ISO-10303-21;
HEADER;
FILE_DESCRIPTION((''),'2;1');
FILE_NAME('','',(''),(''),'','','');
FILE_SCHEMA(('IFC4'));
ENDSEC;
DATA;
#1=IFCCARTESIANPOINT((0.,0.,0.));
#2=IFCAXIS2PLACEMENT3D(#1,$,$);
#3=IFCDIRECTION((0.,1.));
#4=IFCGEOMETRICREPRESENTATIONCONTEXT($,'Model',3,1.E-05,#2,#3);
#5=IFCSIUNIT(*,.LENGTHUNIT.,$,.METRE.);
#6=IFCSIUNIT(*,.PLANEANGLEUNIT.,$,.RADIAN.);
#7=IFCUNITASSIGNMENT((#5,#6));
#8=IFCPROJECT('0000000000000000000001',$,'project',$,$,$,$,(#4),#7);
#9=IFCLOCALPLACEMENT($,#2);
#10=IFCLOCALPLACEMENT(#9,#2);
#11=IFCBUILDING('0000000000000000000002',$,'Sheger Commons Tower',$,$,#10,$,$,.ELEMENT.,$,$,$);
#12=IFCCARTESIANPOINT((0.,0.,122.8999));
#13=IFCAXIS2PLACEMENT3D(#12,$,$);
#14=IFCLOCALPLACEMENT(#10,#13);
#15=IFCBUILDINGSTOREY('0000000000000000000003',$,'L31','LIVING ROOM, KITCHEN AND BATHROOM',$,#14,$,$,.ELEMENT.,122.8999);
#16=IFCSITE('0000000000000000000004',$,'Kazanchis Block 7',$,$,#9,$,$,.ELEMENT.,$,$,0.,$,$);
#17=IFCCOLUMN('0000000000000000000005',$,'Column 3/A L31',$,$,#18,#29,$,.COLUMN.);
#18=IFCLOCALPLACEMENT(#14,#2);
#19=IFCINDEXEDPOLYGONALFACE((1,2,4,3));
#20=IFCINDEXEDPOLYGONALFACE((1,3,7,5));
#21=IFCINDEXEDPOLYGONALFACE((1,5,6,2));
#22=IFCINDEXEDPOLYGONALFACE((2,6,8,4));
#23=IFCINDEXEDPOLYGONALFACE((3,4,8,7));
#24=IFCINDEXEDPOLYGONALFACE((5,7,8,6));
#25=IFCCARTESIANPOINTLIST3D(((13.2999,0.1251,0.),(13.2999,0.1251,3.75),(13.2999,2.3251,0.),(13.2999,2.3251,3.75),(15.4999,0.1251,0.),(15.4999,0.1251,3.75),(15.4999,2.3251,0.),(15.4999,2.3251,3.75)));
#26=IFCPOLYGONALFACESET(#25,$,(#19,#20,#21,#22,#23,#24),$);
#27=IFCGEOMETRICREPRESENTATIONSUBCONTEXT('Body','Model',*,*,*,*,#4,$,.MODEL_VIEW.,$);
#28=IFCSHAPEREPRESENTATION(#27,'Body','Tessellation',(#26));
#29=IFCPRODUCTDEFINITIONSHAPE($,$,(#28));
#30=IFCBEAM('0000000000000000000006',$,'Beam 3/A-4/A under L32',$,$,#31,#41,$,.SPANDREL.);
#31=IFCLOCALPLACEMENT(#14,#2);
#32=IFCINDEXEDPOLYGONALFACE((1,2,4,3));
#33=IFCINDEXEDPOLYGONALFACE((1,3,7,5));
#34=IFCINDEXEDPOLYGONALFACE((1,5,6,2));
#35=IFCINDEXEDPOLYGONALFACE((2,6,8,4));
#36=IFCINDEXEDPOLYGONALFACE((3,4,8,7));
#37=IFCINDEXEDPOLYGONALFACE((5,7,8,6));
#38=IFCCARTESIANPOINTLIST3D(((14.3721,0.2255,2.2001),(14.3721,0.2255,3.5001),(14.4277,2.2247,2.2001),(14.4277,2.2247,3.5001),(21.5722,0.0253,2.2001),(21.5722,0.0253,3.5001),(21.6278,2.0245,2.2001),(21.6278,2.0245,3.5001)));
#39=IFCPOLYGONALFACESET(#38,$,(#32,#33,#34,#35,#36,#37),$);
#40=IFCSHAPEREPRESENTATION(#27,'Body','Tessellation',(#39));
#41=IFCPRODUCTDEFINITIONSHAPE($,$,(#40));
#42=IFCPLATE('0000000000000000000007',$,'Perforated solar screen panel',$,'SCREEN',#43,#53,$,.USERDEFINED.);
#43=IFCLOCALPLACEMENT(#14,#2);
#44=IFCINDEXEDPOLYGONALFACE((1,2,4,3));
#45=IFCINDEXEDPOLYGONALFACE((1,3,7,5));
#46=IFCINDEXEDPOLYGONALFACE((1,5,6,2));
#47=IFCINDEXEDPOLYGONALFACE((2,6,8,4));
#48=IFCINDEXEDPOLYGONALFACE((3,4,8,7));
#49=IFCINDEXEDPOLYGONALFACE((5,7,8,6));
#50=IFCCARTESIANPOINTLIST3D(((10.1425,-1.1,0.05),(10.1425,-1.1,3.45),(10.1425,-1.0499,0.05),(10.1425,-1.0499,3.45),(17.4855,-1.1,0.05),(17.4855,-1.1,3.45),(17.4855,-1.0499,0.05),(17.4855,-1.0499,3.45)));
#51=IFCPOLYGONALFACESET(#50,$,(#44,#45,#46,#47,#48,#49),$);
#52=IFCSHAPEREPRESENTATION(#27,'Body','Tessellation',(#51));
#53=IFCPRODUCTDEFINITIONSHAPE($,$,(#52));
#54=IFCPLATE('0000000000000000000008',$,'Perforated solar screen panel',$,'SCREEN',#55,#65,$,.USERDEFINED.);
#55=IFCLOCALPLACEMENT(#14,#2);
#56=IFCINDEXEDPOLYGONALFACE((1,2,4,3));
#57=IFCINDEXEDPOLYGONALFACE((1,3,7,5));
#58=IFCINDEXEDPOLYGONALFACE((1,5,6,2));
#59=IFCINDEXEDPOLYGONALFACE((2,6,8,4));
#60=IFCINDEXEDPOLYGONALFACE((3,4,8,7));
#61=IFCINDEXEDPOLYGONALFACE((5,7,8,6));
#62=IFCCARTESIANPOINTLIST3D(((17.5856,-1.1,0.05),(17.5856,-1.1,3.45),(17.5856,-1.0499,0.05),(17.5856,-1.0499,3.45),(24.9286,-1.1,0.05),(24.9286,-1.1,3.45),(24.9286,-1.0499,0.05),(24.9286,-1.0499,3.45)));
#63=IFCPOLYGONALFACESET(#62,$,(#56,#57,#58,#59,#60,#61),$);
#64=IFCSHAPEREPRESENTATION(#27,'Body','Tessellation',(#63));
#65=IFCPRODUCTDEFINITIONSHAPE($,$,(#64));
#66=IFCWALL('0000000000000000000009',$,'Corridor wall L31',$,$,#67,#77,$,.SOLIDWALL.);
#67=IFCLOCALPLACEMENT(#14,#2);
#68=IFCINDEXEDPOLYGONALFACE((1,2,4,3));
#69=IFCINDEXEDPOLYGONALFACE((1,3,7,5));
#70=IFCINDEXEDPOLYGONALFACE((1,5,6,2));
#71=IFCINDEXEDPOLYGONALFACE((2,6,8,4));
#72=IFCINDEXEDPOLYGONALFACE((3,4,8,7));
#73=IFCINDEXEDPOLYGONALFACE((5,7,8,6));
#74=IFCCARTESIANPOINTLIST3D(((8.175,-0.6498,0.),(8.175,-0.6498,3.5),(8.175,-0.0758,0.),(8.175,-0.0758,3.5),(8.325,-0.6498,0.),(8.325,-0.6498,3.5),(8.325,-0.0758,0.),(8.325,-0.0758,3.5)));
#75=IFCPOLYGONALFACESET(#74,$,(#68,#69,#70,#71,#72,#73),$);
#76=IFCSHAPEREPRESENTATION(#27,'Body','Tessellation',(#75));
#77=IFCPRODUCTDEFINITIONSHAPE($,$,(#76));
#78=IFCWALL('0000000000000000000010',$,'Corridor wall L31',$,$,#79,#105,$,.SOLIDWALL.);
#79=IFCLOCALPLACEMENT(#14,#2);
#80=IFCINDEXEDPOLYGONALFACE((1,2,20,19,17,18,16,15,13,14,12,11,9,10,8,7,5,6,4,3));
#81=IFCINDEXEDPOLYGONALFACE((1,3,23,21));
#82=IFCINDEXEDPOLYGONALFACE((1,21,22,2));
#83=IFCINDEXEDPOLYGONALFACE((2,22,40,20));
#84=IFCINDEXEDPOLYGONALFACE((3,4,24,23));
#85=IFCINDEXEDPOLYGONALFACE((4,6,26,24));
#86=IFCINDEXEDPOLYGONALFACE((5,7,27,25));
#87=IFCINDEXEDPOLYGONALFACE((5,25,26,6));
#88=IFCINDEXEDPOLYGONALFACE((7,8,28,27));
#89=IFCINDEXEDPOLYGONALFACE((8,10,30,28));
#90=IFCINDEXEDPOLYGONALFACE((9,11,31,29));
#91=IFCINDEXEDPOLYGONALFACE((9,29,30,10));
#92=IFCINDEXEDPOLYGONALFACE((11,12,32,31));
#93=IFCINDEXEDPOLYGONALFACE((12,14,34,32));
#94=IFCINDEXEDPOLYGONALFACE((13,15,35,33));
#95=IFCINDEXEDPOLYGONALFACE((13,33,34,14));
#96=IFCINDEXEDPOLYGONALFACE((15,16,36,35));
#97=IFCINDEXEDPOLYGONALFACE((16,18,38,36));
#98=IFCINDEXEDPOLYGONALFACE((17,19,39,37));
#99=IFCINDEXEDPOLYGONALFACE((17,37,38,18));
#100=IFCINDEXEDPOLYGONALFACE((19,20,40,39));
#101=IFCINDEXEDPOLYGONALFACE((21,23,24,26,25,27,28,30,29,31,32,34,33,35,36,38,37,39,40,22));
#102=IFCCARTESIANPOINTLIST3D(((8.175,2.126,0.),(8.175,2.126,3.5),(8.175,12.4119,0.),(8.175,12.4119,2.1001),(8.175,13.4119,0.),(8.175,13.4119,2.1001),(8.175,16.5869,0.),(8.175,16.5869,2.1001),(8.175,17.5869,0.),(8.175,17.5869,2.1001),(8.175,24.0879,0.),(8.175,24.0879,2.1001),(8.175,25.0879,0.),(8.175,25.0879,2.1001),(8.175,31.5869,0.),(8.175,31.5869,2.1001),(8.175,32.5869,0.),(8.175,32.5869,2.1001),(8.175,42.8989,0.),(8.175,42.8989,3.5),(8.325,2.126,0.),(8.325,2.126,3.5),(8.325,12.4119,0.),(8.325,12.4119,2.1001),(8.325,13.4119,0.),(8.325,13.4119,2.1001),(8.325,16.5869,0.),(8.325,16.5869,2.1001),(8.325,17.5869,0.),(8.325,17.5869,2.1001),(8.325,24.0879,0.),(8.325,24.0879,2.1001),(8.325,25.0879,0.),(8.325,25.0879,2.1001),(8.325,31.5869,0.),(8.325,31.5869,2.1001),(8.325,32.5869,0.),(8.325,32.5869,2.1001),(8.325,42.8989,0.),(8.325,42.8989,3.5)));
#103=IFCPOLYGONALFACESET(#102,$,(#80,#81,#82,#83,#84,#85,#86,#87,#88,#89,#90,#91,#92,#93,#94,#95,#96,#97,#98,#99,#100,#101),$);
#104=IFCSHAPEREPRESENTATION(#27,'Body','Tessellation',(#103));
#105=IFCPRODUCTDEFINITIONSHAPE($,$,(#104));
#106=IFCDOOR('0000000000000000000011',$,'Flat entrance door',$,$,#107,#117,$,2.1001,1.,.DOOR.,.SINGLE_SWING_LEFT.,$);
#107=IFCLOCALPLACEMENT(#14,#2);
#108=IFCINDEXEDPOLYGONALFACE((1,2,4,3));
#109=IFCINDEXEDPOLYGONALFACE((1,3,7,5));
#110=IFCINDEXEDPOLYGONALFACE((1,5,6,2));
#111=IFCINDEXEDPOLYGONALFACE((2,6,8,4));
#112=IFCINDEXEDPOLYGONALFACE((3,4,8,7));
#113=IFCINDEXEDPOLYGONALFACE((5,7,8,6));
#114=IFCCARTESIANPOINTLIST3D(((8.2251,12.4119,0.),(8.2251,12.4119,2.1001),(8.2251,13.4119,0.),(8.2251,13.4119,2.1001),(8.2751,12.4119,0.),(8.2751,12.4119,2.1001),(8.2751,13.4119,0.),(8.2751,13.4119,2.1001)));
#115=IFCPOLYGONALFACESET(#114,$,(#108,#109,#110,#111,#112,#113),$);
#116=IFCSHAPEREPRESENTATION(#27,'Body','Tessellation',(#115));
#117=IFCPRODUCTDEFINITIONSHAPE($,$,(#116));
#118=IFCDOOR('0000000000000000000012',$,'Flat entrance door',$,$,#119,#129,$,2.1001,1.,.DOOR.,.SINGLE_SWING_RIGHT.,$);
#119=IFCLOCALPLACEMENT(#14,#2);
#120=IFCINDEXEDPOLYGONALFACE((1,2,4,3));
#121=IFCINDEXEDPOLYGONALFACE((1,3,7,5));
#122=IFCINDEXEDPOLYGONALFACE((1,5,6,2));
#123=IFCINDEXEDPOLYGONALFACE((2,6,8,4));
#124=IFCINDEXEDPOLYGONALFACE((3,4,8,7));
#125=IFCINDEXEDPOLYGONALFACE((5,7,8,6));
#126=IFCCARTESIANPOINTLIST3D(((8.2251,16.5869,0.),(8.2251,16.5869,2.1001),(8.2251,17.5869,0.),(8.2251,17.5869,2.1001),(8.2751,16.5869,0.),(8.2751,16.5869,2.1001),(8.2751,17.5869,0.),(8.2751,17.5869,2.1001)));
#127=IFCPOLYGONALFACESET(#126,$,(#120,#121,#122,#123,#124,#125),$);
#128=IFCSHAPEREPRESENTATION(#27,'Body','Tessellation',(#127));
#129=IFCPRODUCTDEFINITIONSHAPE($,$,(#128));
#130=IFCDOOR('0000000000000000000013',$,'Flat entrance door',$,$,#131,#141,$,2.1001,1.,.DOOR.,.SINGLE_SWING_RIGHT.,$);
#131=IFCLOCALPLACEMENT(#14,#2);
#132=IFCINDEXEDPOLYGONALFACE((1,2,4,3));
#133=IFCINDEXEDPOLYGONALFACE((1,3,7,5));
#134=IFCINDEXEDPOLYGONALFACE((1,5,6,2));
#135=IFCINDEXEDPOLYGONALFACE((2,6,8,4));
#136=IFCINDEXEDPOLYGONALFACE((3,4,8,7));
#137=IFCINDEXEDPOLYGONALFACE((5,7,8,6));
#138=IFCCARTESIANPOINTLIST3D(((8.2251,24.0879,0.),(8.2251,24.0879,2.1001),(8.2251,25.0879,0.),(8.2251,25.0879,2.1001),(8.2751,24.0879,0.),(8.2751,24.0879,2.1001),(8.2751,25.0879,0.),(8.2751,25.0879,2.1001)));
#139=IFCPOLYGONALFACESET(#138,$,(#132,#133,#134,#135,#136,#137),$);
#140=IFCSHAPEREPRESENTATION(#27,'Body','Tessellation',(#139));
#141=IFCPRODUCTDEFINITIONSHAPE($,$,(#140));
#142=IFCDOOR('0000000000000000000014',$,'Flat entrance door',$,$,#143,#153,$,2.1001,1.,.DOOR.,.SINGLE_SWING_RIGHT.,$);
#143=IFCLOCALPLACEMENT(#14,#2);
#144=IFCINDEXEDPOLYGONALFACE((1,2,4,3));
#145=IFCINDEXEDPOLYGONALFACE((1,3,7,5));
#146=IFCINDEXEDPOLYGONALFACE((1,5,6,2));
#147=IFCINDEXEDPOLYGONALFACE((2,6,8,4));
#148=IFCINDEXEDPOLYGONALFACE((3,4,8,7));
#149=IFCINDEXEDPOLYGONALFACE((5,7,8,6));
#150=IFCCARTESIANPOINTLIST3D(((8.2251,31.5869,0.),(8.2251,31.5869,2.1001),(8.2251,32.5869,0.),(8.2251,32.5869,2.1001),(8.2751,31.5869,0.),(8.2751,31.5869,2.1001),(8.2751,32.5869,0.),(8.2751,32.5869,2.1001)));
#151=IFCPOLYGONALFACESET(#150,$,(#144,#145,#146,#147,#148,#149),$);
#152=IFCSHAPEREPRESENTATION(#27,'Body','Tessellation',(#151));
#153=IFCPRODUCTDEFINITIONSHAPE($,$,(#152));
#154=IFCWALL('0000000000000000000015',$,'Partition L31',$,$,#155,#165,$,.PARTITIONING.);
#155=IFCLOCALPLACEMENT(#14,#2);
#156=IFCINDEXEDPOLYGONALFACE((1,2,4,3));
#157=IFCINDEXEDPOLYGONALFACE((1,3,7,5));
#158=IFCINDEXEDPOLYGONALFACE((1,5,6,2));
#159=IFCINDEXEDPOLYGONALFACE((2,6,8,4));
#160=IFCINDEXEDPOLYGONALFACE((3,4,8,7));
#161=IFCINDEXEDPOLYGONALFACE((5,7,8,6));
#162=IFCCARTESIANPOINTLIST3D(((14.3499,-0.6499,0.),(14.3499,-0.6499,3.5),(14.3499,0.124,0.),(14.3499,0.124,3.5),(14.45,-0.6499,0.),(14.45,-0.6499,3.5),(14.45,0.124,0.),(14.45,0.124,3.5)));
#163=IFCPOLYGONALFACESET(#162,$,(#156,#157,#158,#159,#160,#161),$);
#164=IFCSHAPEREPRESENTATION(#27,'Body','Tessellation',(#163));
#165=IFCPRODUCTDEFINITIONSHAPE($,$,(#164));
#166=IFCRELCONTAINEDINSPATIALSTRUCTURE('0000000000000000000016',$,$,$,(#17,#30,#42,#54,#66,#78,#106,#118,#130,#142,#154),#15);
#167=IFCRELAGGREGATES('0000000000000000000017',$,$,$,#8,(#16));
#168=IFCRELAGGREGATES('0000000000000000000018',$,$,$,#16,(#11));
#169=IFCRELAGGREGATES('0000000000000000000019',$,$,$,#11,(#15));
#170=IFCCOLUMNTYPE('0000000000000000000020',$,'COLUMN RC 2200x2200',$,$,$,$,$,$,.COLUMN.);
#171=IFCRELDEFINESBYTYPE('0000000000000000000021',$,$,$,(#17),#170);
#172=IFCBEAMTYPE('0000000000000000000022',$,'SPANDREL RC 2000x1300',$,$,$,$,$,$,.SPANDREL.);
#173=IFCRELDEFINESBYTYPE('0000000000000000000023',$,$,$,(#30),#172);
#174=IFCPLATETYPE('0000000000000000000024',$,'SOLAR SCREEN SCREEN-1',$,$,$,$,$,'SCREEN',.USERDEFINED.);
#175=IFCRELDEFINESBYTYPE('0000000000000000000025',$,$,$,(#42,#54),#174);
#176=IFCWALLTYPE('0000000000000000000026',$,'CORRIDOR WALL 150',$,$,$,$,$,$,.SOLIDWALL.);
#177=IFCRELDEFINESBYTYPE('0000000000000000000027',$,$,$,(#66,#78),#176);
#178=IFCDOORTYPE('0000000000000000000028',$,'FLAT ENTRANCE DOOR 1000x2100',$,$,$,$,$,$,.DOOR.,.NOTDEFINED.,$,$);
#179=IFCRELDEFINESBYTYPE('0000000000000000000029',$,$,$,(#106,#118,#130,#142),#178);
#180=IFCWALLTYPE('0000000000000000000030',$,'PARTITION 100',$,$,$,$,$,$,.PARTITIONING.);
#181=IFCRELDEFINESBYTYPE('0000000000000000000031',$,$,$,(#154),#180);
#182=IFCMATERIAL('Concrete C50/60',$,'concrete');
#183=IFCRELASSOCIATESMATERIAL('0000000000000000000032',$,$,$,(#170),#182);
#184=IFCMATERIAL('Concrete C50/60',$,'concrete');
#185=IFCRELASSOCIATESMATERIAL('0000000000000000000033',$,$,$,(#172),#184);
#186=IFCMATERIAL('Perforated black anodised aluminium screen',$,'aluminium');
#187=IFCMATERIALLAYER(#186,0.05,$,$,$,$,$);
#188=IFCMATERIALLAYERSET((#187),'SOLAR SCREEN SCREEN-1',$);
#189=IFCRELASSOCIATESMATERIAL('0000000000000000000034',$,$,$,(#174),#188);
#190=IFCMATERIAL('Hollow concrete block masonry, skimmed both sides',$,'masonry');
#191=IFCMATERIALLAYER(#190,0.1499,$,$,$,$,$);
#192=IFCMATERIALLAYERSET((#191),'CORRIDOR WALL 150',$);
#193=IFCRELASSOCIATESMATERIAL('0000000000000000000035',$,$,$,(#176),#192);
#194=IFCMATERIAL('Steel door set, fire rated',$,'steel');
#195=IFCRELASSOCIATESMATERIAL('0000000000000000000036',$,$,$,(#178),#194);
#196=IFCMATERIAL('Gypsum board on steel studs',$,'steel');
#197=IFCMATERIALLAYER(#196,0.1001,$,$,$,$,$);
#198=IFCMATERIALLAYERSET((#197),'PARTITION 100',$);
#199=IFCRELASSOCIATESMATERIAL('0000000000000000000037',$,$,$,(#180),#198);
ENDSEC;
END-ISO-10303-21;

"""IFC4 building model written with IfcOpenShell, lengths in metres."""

from ifc_helpers import new_model, si_unit, direction, frame, frame_2d, origin, origin_2d, place, context, subcontext, project, spatial, rectangle, extrude, material, layer, layer_set, material_profile, profile_set, type_object, element, fill, save


model = new_model("IFC4")

# Units and contexts
model_context = context("Model", 3, precision=1e-05, world=origin(), true_north=direction((0.0, 1.0)))
body_context = subcontext(model_context, "Body", "Model", "MODEL_VIEW")
ifc_project = project(units=[si_unit("LENGTHUNIT", "METRE"), si_unit("PLANEANGLEUNIT", "RADIAN")], contexts=[model_context])

# Site, building, storey
site_placement = place(None, origin())
site = spatial("IfcSite", under=ifc_project, at=site_placement, Name="Kazanchis Block 7", CompositionType="ELEMENT", RefElevation=0.0)
building_placement = place(site_placement, origin())
building = spatial("IfcBuilding", under=site, at=building_placement, Name="Sheger Commons Tower", CompositionType="ELEMENT")
storey_placement = place(building_placement, frame((0.0, 0.0, 122.8999)))
storey = spatial("IfcBuildingStorey", under=building, at=storey_placement, Name="L31", Description="LIVING ROOM, KITCHEN AND BATHROOM", CompositionType="ELEMENT", Elevation=122.8999)

# Column
ifc_material_1 = material(Name="Concrete C50/60", Category="concrete")
ifc_material_profile_1 = material_profile(ifc_material_1, rectangle(XDim=2.2, YDim=2.2, at=origin_2d()), Name="RC 2200x2200")
ifc_profile_set_1 = profile_set([ifc_material_profile_1], Name="Concrete C50/60")
column_type = type_object("IfcColumnType", Name="COLUMN RC 2200x2200", PredefinedType="COLUMN", material=ifc_profile_set_1)
column_placement = place(storey_placement, frame((14.3999, 1.2251, 0.0), z_axis=(0.0, 0.0, 1.0), x_axis=(1.0, 0.0, 0.0)))
element("IfcColumn", 1, at=column_placement, inside=storey, type_object=column_type, Name="Column 3/A L31", PredefinedType="COLUMN", context=body_context, shape_type="SweptSolid", body=[
    extrude(rectangle(XDim=2.2, YDim=2.2, at=origin_2d()), origin(), (0.0, 0.0, 1.0), 3.75),
])

# Beam
ifc_material_2 = material(Name="Concrete C50/60", Category="concrete")
ifc_material_profile_2 = material_profile(ifc_material_2, rectangle(XDim=2.0, YDim=1.3, at=origin_2d()), Name="RC 2000x1300")
ifc_profile_set_2 = profile_set([ifc_material_profile_2], Name="Concrete C50/60")
beam_type = type_object("IfcBeamType", Name="SPANDREL RC 2000x1300", PredefinedType="SPANDREL", material=ifc_profile_set_2)
beam_placement = place(storey_placement, frame((14.3999, 1.2251, 2.8501), z_axis=(0.999614, -0.027793, 0.0), x_axis=(0.027793, 0.999614, 0.0)))
element("IfcBeam", 2, at=beam_placement, inside=storey, type_object=beam_type, Name="Beam 3/A-4/A under L32", PredefinedType="SPANDREL", context=body_context, shape_type="SweptSolid", body=[
    extrude(rectangle(XDim=2.0, YDim=1.3, at=origin_2d()), origin(), (0.0, 0.0, 1.0), 7.2029),
])

# Plates
ifc_material_3 = material(Name="Perforated black anodised aluminium screen", Category="aluminium")
ifc_layer_1 = layer(ifc_material_3, 0.05)
ifc_layer_set_1 = layer_set([ifc_layer_1], Name="SOLAR SCREEN SCREEN-1")
plate_type = type_object("IfcPlateType", Name="SOLAR SCREEN SCREEN-1", ElementType="SCREEN", PredefinedType="USERDEFINED", material=ifc_layer_set_1)
for number, where, z_axis, x_axis, name in (
    (3, (13.814, -1.075, 0.05), (0.0, 0.0, 1.0), (1.0, 0.0, 0.0), "Perforated solar screen panel"),
    (4, (21.2571, -1.075, 0.05), (0.0, 0.0, 1.0), (1.0, 0.0, 0.0), "Perforated solar screen panel"),
):
    element("IfcPlate", number, at=place(storey_placement, frame(where, z_axis=z_axis, x_axis=x_axis)), inside=storey, type_object=plate_type, Name=name, ObjectType="SCREEN", PredefinedType="USERDEFINED", context=body_context, shape_type="SweptSolid", body=[
        extrude(rectangle(XDim=7.343, YDim=0.05, at=origin_2d()), origin(), (0.0, 0.0, 1.0), 3.3999),
    ])

# Wall
ifc_material_4 = material(Name="Hollow concrete block masonry, skimmed both sides", Category="masonry")
ifc_layer_2 = layer(ifc_material_4, 0.1499)
ifc_layer_set_2 = layer_set([ifc_layer_2], Name="CORRIDOR WALL 150")
wall_type_1 = type_object("IfcWallType", Name="CORRIDOR WALL 150", PredefinedType="SOLIDWALL", material=ifc_layer_set_2)
wall_1_placement = place(storey_placement, frame((8.25, -0.6499, 0.0), z_axis=(0.0, 0.0, 1.0), x_axis=(0.0, 1.0, 0.0)))
element("IfcWall", 5, at=wall_1_placement, inside=storey, type_object=wall_type_1, Name="Corridor wall L31", PredefinedType="SOLIDWALL", context=body_context, shape_type="SweptSolid", body=[
    extrude(rectangle(XDim=0.574, YDim=0.1499, at=frame_2d((0.2871, 0.0))), origin(), (0.0, 0.0, 1.0), 3.5),
])

# Wall, openings, doors
wall_2_placement = place(storey_placement, frame((8.25, 2.126, 0.0), z_axis=(0.0, 0.0, 1.0), x_axis=(0.0, 1.0, 0.0)))
wall_2 = element("IfcWall", 6, at=wall_2_placement, inside=storey, type_object=wall_type_1, Name="Corridor wall L31", PredefinedType="SOLIDWALL", context=body_context, shape_type="SweptSolid", body=[
    extrude(rectangle(XDim=40.7729, YDim=0.1499, at=frame_2d((20.3865, 0.0))), origin(), (0.0, 0.0, 1.0), 3.5),
])
opening_1_placement = place(wall_2_placement, frame((10.2859, 0.0, 0.0)))
opening_1 = element("IfcOpeningElement", 7, at=opening_1_placement, cuts=wall_2, PredefinedType="OPENING", context=body_context, shape_type="SweptSolid", body=[
    extrude(rectangle(XDim=1.0, YDim=2.1001, at=frame_2d((0.5, 1.05))), frame((0.0, 0.085, 0.0), z_axis=(0.0, -1.0, 0.0), x_axis=(1.0, 0.0, 0.0)), (0.0, 0.0, 1.0), 0.1699),
])
opening_2_placement = place(wall_2_placement, frame((14.4609, 0.0, 0.0)))
opening_2 = element("IfcOpeningElement", 8, at=opening_2_placement, cuts=wall_2, PredefinedType="OPENING", context=body_context, shape_type="SweptSolid", body=[
    extrude(rectangle(XDim=1.0, YDim=2.1001, at=frame_2d((0.5, 1.05))), frame((0.0, 0.085, 0.0), z_axis=(0.0, -1.0, 0.0), x_axis=(1.0, 0.0, 0.0)), (0.0, 0.0, 1.0), 0.1699),
])
opening_3_placement = place(wall_2_placement, frame((21.9619, 0.0, 0.0)))
opening_3 = element("IfcOpeningElement", 9, at=opening_3_placement, cuts=wall_2, PredefinedType="OPENING", context=body_context, shape_type="SweptSolid", body=[
    extrude(rectangle(XDim=1.0, YDim=2.1001, at=frame_2d((0.5, 1.05))), frame((0.0, 0.085, 0.0), z_axis=(0.0, -1.0, 0.0), x_axis=(1.0, 0.0, 0.0)), (0.0, 0.0, 1.0), 0.1699),
])
opening_4_placement = place(wall_2_placement, frame((29.4609, 0.0, 0.0)))
opening_4 = element("IfcOpeningElement", 10, at=opening_4_placement, cuts=wall_2, PredefinedType="OPENING", context=body_context, shape_type="SweptSolid", body=[
    extrude(rectangle(XDim=1.0, YDim=2.1001, at=frame_2d((0.5, 1.05))), frame((0.0, 0.085, 0.0), z_axis=(0.0, -1.0, 0.0), x_axis=(1.0, 0.0, 0.0)), (0.0, 0.0, 1.0), 0.1699),
])
ifc_material_5 = material(Name="Steel door set, fire rated", Category="steel")
door_type = type_object("IfcDoorType", Name="FLAT ENTRANCE DOOR 1000x2100", OperationType="NOTDEFINED", PredefinedType="DOOR", material=ifc_material_5)
door_1_placement = place(opening_1_placement, origin())
door_1 = element("IfcDoor", 11, at=door_1_placement, inside=storey, type_object=door_type, Name="Flat entrance door", OperationType="SINGLE_SWING_LEFT", OverallHeight=2.1001, OverallWidth=1.0, PredefinedType="DOOR", context=body_context, shape_type="SweptSolid", body=[
    extrude(rectangle(XDim=1.0, YDim=2.1001, at=frame_2d((0.5, 1.05))), frame((0.0, 0.0249, 0.0), z_axis=(0.0, -1.0, 0.0), x_axis=(1.0, 0.0, 0.0)), (0.0, 0.0, 1.0), 0.05),
])
fill(opening_1, door_1)
door_2_placement = place(opening_2_placement, origin())
door_2 = element("IfcDoor", 12, at=door_2_placement, inside=storey, type_object=door_type, Name="Flat entrance door", OperationType="SINGLE_SWING_RIGHT", OverallHeight=2.1001, OverallWidth=1.0, PredefinedType="DOOR", context=body_context, shape_type="SweptSolid", body=[
    extrude(rectangle(XDim=1.0, YDim=2.1001, at=frame_2d((0.5, 1.05))), frame((0.0, 0.0249, 0.0), z_axis=(0.0, -1.0, 0.0), x_axis=(1.0, 0.0, 0.0)), (0.0, 0.0, 1.0), 0.05),
])
fill(opening_2, door_2)
door_3_placement = place(opening_3_placement, origin())
door_3 = element("IfcDoor", 13, at=door_3_placement, inside=storey, type_object=door_type, Name="Flat entrance door", OperationType="SINGLE_SWING_RIGHT", OverallHeight=2.1001, OverallWidth=1.0, PredefinedType="DOOR", context=body_context, shape_type="SweptSolid", body=[
    extrude(rectangle(XDim=1.0, YDim=2.1001, at=frame_2d((0.5, 1.05))), frame((0.0, 0.0249, 0.0), z_axis=(0.0, -1.0, 0.0), x_axis=(1.0, 0.0, 0.0)), (0.0, 0.0, 1.0), 0.05),
])
fill(opening_3, door_3)
door_4_placement = place(opening_4_placement, origin())
door_4 = element("IfcDoor", 14, at=door_4_placement, inside=storey, type_object=door_type, Name="Flat entrance door", OperationType="SINGLE_SWING_RIGHT", OverallHeight=2.1001, OverallWidth=1.0, PredefinedType="DOOR", context=body_context, shape_type="SweptSolid", body=[
    extrude(rectangle(XDim=1.0, YDim=2.1001, at=frame_2d((0.5, 1.05))), frame((0.0, 0.0249, 0.0), z_axis=(0.0, -1.0, 0.0), x_axis=(1.0, 0.0, 0.0)), (0.0, 0.0, 1.0), 0.05),
])
fill(opening_4, door_4)

# Wall
ifc_material_6 = material(Name="Gypsum board on steel studs", Category="steel")
ifc_layer_3 = layer(ifc_material_6, 0.1001)
ifc_layer_set_3 = layer_set([ifc_layer_3], Name="PARTITION 100")
wall_type_2 = type_object("IfcWallType", Name="PARTITION 100", PredefinedType="PARTITIONING", material=ifc_layer_set_3)
wall_3_placement = place(storey_placement, frame((14.3999, -0.6499, 0.0), z_axis=(0.0, 0.0, 1.0), x_axis=(0.0, 1.0, 0.0)))
element("IfcWall", 15, at=wall_3_placement, inside=storey, type_object=wall_type_2, Name="Partition L31", PredefinedType="PARTITIONING", context=body_context, shape_type="SweptSolid", body=[
    extrude(rectangle(XDim=0.7739, YDim=0.1001, at=frame_2d((0.387, 0.0))), origin(), (0.0, 0.0, 1.0), 3.5),
])

save(model, "model.ifc")
